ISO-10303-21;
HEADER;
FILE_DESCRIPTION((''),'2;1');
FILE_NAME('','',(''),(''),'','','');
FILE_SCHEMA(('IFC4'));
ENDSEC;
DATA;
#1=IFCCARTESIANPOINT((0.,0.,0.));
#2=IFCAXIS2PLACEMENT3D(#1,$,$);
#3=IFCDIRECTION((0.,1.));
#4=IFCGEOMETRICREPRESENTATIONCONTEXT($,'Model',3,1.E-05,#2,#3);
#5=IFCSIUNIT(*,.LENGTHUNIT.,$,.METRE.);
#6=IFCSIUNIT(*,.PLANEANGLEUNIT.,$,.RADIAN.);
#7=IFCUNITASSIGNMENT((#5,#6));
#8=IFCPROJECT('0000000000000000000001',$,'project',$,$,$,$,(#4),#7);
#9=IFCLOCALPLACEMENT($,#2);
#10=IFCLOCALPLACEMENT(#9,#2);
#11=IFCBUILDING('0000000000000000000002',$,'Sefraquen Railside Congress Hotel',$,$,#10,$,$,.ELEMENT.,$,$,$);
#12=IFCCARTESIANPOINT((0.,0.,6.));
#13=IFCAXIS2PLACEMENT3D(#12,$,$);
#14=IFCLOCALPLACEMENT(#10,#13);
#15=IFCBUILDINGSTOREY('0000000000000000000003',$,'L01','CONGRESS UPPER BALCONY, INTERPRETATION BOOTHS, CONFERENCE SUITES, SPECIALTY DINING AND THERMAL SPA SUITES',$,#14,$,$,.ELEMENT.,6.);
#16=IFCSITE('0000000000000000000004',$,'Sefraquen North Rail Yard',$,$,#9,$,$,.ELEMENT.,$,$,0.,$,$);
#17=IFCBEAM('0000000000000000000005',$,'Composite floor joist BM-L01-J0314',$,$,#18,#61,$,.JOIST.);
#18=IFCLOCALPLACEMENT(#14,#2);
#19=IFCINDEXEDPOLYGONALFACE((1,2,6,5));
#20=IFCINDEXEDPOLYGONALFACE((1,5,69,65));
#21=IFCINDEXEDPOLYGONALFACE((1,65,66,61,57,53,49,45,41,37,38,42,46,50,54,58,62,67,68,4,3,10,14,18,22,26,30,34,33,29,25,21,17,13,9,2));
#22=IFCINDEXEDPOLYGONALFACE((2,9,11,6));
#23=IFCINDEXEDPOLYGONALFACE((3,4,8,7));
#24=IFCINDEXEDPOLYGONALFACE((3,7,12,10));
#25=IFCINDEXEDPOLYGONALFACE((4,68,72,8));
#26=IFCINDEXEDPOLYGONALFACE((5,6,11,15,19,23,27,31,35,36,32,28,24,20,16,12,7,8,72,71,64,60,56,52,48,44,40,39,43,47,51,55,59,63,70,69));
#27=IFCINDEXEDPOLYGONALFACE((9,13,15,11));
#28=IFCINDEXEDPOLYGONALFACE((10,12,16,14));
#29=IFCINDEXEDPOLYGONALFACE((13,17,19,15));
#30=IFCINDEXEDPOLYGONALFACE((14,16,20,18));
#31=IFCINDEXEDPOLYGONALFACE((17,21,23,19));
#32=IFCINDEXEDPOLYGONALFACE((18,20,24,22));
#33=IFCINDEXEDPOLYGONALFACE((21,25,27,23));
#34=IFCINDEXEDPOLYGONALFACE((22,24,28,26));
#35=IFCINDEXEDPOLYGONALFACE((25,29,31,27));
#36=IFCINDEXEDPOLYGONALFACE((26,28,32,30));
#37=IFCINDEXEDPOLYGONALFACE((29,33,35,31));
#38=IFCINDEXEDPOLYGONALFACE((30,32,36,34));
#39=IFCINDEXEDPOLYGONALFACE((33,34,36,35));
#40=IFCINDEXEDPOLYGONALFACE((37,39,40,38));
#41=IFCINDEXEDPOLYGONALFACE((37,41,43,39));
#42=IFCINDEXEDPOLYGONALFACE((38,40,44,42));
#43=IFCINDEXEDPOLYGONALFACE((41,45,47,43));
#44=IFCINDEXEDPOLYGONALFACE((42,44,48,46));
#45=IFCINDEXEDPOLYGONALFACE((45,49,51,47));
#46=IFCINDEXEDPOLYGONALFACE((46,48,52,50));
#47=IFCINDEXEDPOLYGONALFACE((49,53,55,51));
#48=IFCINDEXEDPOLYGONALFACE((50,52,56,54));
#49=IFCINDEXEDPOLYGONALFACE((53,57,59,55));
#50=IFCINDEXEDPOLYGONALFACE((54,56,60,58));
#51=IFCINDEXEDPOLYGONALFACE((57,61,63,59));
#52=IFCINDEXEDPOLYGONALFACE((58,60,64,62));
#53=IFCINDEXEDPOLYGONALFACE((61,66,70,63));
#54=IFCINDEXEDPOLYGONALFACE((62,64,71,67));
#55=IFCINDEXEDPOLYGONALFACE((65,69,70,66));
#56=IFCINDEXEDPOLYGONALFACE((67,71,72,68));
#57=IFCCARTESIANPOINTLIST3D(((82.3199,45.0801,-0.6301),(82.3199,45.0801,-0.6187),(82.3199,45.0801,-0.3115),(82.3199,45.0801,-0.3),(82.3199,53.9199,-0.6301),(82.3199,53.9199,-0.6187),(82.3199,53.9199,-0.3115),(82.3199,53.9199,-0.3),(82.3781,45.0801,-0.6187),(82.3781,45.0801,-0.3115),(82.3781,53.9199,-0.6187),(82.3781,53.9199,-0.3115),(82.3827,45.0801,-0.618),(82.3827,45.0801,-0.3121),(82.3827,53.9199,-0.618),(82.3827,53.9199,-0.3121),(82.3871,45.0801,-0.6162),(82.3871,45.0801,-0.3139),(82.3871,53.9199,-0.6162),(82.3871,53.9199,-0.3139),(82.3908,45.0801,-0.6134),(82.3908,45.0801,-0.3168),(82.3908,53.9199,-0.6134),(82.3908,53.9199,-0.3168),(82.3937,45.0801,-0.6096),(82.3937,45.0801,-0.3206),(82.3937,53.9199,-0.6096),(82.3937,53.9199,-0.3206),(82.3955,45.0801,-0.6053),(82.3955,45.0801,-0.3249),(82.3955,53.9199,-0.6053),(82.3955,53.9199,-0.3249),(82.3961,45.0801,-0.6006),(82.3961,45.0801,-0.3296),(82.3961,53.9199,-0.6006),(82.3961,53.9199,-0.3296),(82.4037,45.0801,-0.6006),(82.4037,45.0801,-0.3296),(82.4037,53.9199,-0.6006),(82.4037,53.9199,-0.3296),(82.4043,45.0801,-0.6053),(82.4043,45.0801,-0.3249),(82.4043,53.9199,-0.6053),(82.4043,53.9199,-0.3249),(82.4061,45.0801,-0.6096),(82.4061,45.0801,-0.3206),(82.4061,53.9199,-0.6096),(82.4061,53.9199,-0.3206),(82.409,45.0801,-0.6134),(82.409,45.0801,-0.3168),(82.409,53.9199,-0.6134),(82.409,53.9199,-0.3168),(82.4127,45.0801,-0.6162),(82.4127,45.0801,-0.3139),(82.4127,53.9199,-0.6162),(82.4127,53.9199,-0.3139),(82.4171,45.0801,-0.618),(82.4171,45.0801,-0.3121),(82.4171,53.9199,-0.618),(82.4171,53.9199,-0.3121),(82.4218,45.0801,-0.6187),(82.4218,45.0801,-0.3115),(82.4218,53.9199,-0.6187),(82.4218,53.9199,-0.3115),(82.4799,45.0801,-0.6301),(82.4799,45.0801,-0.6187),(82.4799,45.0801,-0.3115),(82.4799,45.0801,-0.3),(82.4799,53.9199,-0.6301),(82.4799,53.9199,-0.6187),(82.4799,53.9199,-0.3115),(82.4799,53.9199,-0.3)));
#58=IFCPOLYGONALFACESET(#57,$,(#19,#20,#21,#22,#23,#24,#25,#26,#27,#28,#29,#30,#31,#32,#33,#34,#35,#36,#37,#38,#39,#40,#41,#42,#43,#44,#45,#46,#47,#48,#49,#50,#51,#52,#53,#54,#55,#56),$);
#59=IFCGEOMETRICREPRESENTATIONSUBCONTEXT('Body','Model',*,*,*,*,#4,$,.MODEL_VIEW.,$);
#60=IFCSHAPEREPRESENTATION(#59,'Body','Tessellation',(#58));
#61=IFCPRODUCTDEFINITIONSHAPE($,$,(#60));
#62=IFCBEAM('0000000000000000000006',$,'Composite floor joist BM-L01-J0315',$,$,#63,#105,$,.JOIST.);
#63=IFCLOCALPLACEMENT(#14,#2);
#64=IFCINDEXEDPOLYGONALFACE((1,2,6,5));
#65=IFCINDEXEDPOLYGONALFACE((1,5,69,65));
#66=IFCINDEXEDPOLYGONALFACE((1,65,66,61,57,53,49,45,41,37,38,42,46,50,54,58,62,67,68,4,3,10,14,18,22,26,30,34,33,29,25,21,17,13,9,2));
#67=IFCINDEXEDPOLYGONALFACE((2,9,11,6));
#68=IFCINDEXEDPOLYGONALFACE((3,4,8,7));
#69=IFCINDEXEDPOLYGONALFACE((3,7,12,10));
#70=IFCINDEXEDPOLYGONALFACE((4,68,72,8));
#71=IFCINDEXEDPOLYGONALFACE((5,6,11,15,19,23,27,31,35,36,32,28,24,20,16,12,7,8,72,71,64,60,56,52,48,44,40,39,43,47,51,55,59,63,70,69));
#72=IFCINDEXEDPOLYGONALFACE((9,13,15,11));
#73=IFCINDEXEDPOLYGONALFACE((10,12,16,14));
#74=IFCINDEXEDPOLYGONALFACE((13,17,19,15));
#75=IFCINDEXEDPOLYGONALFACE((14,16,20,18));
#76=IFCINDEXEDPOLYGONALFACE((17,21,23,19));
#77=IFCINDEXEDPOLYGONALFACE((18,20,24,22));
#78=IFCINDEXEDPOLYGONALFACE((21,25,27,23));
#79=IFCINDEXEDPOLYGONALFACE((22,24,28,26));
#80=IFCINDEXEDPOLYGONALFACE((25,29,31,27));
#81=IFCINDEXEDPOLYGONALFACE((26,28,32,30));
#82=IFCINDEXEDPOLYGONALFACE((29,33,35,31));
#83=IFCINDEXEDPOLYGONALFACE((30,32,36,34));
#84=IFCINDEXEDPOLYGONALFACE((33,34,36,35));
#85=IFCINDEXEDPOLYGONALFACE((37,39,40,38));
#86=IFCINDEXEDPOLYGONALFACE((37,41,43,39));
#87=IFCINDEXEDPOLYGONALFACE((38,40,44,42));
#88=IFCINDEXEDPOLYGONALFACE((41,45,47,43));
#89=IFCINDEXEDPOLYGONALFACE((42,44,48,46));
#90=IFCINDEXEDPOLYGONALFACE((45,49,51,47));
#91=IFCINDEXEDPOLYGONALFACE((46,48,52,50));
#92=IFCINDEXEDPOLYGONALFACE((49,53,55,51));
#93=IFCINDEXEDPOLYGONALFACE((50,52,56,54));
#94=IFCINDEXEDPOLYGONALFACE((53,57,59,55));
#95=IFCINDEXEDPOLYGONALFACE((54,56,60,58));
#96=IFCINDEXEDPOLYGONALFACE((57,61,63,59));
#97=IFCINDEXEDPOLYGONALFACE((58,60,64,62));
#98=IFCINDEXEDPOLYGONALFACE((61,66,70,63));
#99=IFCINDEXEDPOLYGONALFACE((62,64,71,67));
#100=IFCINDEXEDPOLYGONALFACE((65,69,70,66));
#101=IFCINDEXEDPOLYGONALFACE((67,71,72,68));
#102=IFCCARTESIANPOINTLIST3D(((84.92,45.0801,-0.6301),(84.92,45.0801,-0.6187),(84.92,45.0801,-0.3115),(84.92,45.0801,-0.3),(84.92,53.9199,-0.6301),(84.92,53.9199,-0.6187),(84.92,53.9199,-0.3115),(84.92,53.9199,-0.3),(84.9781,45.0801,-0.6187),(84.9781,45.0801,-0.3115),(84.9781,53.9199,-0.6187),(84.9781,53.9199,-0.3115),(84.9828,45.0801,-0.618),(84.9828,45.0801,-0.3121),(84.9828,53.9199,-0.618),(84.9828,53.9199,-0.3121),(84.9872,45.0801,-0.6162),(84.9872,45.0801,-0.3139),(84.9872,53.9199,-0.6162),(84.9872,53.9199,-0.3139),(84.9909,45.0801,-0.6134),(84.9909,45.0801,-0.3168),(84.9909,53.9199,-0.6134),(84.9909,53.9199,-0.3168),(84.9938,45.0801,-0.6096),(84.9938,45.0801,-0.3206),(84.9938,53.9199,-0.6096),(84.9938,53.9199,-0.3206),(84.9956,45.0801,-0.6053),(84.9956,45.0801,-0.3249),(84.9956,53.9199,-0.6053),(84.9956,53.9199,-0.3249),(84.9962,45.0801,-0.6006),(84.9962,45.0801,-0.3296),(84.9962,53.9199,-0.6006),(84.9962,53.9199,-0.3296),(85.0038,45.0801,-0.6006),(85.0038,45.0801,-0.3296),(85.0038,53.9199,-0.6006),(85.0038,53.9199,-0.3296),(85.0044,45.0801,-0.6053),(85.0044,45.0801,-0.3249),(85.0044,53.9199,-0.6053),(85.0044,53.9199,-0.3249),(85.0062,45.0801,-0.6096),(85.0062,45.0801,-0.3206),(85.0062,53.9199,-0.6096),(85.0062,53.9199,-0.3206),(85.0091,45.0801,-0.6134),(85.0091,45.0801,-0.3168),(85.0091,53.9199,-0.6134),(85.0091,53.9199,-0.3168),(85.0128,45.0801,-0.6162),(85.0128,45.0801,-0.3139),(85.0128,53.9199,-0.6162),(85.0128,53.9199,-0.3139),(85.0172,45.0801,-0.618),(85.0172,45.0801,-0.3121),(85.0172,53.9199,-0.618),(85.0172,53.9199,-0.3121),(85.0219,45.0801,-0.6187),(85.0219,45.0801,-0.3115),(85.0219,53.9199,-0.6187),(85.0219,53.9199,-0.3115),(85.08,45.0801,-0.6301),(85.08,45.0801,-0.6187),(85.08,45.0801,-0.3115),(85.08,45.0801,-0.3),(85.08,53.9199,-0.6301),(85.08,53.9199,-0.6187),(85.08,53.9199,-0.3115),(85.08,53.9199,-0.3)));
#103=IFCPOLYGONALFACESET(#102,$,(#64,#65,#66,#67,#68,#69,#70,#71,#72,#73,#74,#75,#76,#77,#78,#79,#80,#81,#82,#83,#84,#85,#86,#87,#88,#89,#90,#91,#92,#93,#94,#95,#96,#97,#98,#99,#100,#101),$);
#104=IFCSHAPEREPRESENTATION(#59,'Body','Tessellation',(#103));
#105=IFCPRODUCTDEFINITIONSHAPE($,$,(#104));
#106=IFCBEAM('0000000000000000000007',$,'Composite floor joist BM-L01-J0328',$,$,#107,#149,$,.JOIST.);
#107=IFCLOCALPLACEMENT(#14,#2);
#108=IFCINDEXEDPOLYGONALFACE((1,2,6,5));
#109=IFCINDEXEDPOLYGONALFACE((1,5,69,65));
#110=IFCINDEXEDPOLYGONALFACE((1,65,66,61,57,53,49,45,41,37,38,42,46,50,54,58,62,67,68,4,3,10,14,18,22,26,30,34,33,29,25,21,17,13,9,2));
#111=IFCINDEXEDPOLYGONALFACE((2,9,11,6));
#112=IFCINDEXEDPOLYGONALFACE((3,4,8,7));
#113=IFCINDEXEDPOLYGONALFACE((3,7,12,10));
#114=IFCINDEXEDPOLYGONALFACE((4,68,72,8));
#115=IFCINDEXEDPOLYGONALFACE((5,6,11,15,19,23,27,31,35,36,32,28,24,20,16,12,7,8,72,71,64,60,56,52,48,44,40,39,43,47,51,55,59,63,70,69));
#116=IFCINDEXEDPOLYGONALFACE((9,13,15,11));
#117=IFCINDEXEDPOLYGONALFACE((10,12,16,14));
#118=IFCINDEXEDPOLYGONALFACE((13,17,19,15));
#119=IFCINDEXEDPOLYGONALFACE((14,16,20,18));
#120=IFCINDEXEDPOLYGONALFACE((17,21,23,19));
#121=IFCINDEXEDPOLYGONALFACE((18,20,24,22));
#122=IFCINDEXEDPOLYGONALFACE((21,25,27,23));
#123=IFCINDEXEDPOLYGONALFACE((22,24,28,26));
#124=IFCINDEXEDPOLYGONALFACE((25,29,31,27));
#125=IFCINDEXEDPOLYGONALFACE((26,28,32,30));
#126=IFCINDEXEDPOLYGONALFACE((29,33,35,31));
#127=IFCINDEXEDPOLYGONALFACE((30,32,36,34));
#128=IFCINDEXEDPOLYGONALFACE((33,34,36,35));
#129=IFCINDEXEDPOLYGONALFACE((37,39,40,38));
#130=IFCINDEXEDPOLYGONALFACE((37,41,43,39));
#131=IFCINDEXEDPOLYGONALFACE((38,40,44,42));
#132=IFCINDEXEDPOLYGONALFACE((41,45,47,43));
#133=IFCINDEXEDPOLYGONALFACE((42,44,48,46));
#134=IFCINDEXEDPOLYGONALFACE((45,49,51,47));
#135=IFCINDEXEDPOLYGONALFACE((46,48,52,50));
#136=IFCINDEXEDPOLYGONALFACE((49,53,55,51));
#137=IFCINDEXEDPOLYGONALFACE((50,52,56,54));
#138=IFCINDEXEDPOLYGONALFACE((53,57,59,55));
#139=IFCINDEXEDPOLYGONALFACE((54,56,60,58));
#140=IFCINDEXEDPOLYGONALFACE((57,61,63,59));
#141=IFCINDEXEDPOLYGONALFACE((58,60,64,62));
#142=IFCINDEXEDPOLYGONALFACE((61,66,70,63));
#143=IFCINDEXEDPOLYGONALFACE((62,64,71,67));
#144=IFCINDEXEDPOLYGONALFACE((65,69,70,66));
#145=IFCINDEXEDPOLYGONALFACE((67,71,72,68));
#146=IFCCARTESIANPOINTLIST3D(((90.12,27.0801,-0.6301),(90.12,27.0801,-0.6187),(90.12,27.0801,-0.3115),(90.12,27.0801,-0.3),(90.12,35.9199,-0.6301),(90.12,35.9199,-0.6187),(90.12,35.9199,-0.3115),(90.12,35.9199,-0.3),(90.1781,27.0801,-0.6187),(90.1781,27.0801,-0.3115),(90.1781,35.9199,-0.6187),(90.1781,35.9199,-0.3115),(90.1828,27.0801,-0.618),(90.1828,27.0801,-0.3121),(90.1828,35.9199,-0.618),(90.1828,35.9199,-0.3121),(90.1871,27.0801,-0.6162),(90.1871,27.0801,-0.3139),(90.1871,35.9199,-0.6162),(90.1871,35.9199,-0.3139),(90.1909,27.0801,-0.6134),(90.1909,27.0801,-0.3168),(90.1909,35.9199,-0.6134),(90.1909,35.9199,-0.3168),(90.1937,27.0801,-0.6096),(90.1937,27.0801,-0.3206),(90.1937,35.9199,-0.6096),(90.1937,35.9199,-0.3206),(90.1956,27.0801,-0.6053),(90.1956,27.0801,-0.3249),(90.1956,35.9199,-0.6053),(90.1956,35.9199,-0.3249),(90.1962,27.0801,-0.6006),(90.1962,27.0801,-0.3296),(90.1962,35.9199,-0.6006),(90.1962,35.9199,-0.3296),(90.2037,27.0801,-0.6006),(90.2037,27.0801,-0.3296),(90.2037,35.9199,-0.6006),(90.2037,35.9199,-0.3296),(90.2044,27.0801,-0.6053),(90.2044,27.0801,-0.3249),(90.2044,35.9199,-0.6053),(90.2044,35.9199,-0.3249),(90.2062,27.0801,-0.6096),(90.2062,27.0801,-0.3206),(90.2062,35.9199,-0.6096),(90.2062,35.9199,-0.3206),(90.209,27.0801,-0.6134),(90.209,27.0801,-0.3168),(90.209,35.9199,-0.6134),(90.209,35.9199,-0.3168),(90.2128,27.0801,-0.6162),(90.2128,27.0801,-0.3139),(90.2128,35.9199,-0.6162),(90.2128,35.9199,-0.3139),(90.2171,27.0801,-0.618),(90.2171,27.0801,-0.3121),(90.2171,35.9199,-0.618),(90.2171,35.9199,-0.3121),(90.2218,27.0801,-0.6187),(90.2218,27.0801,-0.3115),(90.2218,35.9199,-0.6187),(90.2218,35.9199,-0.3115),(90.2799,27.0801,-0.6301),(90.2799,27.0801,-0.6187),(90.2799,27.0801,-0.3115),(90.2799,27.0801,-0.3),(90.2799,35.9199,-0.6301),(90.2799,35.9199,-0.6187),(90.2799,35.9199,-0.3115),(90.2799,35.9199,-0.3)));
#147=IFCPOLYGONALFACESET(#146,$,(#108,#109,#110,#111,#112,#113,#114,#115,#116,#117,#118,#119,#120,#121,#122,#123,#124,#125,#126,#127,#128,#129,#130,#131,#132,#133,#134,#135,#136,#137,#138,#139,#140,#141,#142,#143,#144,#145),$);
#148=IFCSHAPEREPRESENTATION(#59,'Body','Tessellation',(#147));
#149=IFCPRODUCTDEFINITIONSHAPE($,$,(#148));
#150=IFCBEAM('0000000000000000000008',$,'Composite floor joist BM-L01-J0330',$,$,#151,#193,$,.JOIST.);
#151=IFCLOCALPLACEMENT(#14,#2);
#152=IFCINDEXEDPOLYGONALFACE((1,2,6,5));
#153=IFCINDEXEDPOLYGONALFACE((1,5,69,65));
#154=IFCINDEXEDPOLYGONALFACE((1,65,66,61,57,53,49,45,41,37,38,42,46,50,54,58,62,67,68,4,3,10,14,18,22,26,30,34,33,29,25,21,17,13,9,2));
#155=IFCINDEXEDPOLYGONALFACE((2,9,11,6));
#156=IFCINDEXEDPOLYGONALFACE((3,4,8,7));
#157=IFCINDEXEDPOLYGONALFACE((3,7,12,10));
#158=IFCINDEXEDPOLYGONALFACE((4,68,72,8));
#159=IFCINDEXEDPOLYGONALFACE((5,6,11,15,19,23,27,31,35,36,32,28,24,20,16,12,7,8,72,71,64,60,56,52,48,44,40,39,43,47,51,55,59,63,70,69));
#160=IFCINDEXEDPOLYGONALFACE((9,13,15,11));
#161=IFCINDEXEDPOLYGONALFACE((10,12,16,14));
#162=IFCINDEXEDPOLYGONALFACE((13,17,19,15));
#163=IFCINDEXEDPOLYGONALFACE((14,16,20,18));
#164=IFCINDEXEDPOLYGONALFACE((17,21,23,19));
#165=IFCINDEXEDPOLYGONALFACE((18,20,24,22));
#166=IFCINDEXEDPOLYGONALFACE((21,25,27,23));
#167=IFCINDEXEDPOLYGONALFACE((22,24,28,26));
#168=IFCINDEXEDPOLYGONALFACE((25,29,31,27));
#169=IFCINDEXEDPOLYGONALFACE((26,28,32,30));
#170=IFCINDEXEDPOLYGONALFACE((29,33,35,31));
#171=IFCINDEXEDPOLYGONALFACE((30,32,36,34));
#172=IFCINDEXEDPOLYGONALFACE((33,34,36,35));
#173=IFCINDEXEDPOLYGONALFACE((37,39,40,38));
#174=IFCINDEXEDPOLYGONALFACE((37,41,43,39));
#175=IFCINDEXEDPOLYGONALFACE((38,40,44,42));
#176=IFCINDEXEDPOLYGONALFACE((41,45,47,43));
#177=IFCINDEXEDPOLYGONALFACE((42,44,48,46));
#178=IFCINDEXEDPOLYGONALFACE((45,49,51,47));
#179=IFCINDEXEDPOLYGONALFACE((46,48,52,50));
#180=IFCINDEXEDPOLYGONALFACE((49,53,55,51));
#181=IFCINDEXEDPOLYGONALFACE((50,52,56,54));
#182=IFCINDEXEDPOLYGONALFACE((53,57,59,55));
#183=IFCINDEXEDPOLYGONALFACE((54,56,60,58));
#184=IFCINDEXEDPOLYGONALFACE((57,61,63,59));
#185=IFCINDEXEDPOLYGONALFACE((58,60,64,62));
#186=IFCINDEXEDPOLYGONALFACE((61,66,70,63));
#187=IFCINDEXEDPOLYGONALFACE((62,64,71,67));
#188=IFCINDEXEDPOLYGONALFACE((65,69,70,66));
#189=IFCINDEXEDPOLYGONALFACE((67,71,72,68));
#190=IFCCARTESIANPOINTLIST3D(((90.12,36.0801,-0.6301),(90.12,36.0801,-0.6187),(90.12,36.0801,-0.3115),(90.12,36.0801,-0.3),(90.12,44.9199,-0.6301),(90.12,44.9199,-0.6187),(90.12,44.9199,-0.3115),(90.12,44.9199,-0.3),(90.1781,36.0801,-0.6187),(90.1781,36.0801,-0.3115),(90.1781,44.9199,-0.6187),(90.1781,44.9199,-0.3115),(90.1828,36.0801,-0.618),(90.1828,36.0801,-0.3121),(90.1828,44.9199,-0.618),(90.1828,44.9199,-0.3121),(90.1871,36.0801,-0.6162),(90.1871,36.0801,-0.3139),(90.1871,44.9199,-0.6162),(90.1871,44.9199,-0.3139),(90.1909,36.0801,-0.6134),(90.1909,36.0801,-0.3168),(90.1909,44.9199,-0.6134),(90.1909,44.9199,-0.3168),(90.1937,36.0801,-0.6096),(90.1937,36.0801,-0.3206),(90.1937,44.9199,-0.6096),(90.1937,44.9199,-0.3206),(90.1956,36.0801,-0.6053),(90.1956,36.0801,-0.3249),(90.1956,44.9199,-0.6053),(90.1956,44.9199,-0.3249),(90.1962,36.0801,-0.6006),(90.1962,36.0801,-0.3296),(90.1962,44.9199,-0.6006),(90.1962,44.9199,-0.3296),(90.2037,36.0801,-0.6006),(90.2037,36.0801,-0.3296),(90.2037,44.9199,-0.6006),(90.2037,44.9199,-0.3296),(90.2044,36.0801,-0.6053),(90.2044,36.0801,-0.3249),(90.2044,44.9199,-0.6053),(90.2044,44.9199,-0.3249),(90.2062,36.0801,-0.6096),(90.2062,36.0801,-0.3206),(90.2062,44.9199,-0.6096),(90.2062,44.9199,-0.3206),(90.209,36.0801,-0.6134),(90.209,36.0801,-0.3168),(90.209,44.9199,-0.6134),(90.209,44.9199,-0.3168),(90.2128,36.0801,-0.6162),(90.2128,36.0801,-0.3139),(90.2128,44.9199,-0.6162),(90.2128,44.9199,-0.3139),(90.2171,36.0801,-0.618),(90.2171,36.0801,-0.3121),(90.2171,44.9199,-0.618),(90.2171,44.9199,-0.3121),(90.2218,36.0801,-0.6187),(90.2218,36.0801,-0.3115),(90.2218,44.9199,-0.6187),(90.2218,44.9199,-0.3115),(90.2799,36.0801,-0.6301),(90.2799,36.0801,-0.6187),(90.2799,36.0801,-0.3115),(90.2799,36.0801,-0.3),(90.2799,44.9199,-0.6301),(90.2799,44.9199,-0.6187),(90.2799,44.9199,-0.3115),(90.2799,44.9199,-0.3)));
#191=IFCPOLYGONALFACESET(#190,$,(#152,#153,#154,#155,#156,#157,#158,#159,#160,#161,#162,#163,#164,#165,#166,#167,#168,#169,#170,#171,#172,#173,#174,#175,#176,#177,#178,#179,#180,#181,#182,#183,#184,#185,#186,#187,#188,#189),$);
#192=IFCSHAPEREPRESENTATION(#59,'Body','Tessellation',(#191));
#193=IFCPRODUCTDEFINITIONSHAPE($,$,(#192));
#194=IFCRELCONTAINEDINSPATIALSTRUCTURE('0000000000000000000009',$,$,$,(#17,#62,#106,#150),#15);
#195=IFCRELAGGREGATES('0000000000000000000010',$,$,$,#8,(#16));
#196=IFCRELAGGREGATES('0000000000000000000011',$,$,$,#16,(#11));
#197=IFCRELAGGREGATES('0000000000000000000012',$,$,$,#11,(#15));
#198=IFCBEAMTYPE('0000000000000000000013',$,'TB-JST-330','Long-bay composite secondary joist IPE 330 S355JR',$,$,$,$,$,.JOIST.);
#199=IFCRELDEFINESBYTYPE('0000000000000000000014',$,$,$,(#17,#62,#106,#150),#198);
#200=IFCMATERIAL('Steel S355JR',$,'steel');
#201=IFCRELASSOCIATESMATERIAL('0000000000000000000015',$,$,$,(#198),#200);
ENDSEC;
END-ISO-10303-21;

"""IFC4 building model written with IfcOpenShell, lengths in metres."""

from ifc_helpers import new_model, si_unit, direction, frame, origin, origin_2d, place, context, subcontext, project, spatial, i_section, extrude, material, material_profile, profile_set, type_object, element, save


model = new_model("IFC4")

# Units and contexts
model_context = context("Model", 3, precision=1e-05, world=origin(), true_north=direction((0.0, 1.0)))
body_context = subcontext(model_context, "Body", "Model", "MODEL_VIEW")
ifc_project = project(units=[si_unit("LENGTHUNIT", "METRE"), si_unit("PLANEANGLEUNIT", "RADIAN")], contexts=[model_context])

# Site, building, storey
site_placement = place(None, origin())
site = spatial("IfcSite", under=ifc_project, at=site_placement, Name="Sefraquen North Rail Yard", CompositionType="ELEMENT", RefElevation=0.0)
building_placement = place(site_placement, origin())
building = spatial("IfcBuilding", under=site, at=building_placement, Name="Sefraquen Railside Congress Hotel", CompositionType="ELEMENT")
storey_placement = place(building_placement, frame((0.0, 0.0, 6.0)))
storey = spatial("IfcBuildingStorey", under=building, at=storey_placement, Name="L01", Description="CONGRESS UPPER BALCONY, INTERPRETATION BOOTHS, CONFERENCE SUITES, SPECIALTY DINING AND THERMAL SPA SUITES", CompositionType="ELEMENT", Elevation=6.0)

# Shared definitions
ifc_material_1 = material(Name="Steel S355JR", Category="steel")

# Beams
ifc_material_profile_1 = material_profile(ifc_material_1, i_section(OverallWidth=0.1599, OverallDepth=0.3301, WebThickness=0.0076, FlangeThickness=0.0115, FilletRadius=0.0181, at=origin_2d()), Name="IPE 330")
ifc_profile_set_1 = profile_set([ifc_material_profile_1], Name="Steel S355JR")
beam_type_1 = type_object("IfcBeamType", Name="TB-JST-330", Description="Long-bay composite secondary joist IPE 330 S355JR", PredefinedType="JOIST", material=ifc_profile_set_1)
for number, where, z_axis, x_axis, name in (
    (1, (82.3999, 45.0801, -0.4651), (0.0, 1.0, 0.0), (-1.0, 0.0, 0.0), "Composite floor joist BM-L01-J0314"),
    (2, (85.0, 45.0801, -0.4651), (0.0, 1.0, 0.0), (-1.0, 0.0, 0.0), "Composite floor joist BM-L01-J0315"),
    (3, (90.2, 27.0801, -0.4651), (0.0, 1.0, 0.0), (-1.0, 0.0, 0.0), "Composite floor joist BM-L01-J0328"),
    (4, (90.2, 36.0801, -0.4651), (0.0, 1.0, 0.0), (-1.0, 0.0, 0.0), "Composite floor joist BM-L01-J0330"),
):
    element("IfcBeam", number, at=place(storey_placement, frame(where, z_axis=z_axis, x_axis=x_axis)), inside=storey, type_object=beam_type_1, Name=name, PredefinedType="JOIST", context=body_context, shape_type="SweptSolid", body=[
        extrude(i_section(OverallWidth=0.1599, OverallDepth=0.3301, WebThickness=0.0076, FlangeThickness=0.0115, FilletRadius=0.0181, at=origin_2d()), origin(), (0.0, 0.0, 1.0), 8.8398),
    ])

save(model, "model.ifc")
